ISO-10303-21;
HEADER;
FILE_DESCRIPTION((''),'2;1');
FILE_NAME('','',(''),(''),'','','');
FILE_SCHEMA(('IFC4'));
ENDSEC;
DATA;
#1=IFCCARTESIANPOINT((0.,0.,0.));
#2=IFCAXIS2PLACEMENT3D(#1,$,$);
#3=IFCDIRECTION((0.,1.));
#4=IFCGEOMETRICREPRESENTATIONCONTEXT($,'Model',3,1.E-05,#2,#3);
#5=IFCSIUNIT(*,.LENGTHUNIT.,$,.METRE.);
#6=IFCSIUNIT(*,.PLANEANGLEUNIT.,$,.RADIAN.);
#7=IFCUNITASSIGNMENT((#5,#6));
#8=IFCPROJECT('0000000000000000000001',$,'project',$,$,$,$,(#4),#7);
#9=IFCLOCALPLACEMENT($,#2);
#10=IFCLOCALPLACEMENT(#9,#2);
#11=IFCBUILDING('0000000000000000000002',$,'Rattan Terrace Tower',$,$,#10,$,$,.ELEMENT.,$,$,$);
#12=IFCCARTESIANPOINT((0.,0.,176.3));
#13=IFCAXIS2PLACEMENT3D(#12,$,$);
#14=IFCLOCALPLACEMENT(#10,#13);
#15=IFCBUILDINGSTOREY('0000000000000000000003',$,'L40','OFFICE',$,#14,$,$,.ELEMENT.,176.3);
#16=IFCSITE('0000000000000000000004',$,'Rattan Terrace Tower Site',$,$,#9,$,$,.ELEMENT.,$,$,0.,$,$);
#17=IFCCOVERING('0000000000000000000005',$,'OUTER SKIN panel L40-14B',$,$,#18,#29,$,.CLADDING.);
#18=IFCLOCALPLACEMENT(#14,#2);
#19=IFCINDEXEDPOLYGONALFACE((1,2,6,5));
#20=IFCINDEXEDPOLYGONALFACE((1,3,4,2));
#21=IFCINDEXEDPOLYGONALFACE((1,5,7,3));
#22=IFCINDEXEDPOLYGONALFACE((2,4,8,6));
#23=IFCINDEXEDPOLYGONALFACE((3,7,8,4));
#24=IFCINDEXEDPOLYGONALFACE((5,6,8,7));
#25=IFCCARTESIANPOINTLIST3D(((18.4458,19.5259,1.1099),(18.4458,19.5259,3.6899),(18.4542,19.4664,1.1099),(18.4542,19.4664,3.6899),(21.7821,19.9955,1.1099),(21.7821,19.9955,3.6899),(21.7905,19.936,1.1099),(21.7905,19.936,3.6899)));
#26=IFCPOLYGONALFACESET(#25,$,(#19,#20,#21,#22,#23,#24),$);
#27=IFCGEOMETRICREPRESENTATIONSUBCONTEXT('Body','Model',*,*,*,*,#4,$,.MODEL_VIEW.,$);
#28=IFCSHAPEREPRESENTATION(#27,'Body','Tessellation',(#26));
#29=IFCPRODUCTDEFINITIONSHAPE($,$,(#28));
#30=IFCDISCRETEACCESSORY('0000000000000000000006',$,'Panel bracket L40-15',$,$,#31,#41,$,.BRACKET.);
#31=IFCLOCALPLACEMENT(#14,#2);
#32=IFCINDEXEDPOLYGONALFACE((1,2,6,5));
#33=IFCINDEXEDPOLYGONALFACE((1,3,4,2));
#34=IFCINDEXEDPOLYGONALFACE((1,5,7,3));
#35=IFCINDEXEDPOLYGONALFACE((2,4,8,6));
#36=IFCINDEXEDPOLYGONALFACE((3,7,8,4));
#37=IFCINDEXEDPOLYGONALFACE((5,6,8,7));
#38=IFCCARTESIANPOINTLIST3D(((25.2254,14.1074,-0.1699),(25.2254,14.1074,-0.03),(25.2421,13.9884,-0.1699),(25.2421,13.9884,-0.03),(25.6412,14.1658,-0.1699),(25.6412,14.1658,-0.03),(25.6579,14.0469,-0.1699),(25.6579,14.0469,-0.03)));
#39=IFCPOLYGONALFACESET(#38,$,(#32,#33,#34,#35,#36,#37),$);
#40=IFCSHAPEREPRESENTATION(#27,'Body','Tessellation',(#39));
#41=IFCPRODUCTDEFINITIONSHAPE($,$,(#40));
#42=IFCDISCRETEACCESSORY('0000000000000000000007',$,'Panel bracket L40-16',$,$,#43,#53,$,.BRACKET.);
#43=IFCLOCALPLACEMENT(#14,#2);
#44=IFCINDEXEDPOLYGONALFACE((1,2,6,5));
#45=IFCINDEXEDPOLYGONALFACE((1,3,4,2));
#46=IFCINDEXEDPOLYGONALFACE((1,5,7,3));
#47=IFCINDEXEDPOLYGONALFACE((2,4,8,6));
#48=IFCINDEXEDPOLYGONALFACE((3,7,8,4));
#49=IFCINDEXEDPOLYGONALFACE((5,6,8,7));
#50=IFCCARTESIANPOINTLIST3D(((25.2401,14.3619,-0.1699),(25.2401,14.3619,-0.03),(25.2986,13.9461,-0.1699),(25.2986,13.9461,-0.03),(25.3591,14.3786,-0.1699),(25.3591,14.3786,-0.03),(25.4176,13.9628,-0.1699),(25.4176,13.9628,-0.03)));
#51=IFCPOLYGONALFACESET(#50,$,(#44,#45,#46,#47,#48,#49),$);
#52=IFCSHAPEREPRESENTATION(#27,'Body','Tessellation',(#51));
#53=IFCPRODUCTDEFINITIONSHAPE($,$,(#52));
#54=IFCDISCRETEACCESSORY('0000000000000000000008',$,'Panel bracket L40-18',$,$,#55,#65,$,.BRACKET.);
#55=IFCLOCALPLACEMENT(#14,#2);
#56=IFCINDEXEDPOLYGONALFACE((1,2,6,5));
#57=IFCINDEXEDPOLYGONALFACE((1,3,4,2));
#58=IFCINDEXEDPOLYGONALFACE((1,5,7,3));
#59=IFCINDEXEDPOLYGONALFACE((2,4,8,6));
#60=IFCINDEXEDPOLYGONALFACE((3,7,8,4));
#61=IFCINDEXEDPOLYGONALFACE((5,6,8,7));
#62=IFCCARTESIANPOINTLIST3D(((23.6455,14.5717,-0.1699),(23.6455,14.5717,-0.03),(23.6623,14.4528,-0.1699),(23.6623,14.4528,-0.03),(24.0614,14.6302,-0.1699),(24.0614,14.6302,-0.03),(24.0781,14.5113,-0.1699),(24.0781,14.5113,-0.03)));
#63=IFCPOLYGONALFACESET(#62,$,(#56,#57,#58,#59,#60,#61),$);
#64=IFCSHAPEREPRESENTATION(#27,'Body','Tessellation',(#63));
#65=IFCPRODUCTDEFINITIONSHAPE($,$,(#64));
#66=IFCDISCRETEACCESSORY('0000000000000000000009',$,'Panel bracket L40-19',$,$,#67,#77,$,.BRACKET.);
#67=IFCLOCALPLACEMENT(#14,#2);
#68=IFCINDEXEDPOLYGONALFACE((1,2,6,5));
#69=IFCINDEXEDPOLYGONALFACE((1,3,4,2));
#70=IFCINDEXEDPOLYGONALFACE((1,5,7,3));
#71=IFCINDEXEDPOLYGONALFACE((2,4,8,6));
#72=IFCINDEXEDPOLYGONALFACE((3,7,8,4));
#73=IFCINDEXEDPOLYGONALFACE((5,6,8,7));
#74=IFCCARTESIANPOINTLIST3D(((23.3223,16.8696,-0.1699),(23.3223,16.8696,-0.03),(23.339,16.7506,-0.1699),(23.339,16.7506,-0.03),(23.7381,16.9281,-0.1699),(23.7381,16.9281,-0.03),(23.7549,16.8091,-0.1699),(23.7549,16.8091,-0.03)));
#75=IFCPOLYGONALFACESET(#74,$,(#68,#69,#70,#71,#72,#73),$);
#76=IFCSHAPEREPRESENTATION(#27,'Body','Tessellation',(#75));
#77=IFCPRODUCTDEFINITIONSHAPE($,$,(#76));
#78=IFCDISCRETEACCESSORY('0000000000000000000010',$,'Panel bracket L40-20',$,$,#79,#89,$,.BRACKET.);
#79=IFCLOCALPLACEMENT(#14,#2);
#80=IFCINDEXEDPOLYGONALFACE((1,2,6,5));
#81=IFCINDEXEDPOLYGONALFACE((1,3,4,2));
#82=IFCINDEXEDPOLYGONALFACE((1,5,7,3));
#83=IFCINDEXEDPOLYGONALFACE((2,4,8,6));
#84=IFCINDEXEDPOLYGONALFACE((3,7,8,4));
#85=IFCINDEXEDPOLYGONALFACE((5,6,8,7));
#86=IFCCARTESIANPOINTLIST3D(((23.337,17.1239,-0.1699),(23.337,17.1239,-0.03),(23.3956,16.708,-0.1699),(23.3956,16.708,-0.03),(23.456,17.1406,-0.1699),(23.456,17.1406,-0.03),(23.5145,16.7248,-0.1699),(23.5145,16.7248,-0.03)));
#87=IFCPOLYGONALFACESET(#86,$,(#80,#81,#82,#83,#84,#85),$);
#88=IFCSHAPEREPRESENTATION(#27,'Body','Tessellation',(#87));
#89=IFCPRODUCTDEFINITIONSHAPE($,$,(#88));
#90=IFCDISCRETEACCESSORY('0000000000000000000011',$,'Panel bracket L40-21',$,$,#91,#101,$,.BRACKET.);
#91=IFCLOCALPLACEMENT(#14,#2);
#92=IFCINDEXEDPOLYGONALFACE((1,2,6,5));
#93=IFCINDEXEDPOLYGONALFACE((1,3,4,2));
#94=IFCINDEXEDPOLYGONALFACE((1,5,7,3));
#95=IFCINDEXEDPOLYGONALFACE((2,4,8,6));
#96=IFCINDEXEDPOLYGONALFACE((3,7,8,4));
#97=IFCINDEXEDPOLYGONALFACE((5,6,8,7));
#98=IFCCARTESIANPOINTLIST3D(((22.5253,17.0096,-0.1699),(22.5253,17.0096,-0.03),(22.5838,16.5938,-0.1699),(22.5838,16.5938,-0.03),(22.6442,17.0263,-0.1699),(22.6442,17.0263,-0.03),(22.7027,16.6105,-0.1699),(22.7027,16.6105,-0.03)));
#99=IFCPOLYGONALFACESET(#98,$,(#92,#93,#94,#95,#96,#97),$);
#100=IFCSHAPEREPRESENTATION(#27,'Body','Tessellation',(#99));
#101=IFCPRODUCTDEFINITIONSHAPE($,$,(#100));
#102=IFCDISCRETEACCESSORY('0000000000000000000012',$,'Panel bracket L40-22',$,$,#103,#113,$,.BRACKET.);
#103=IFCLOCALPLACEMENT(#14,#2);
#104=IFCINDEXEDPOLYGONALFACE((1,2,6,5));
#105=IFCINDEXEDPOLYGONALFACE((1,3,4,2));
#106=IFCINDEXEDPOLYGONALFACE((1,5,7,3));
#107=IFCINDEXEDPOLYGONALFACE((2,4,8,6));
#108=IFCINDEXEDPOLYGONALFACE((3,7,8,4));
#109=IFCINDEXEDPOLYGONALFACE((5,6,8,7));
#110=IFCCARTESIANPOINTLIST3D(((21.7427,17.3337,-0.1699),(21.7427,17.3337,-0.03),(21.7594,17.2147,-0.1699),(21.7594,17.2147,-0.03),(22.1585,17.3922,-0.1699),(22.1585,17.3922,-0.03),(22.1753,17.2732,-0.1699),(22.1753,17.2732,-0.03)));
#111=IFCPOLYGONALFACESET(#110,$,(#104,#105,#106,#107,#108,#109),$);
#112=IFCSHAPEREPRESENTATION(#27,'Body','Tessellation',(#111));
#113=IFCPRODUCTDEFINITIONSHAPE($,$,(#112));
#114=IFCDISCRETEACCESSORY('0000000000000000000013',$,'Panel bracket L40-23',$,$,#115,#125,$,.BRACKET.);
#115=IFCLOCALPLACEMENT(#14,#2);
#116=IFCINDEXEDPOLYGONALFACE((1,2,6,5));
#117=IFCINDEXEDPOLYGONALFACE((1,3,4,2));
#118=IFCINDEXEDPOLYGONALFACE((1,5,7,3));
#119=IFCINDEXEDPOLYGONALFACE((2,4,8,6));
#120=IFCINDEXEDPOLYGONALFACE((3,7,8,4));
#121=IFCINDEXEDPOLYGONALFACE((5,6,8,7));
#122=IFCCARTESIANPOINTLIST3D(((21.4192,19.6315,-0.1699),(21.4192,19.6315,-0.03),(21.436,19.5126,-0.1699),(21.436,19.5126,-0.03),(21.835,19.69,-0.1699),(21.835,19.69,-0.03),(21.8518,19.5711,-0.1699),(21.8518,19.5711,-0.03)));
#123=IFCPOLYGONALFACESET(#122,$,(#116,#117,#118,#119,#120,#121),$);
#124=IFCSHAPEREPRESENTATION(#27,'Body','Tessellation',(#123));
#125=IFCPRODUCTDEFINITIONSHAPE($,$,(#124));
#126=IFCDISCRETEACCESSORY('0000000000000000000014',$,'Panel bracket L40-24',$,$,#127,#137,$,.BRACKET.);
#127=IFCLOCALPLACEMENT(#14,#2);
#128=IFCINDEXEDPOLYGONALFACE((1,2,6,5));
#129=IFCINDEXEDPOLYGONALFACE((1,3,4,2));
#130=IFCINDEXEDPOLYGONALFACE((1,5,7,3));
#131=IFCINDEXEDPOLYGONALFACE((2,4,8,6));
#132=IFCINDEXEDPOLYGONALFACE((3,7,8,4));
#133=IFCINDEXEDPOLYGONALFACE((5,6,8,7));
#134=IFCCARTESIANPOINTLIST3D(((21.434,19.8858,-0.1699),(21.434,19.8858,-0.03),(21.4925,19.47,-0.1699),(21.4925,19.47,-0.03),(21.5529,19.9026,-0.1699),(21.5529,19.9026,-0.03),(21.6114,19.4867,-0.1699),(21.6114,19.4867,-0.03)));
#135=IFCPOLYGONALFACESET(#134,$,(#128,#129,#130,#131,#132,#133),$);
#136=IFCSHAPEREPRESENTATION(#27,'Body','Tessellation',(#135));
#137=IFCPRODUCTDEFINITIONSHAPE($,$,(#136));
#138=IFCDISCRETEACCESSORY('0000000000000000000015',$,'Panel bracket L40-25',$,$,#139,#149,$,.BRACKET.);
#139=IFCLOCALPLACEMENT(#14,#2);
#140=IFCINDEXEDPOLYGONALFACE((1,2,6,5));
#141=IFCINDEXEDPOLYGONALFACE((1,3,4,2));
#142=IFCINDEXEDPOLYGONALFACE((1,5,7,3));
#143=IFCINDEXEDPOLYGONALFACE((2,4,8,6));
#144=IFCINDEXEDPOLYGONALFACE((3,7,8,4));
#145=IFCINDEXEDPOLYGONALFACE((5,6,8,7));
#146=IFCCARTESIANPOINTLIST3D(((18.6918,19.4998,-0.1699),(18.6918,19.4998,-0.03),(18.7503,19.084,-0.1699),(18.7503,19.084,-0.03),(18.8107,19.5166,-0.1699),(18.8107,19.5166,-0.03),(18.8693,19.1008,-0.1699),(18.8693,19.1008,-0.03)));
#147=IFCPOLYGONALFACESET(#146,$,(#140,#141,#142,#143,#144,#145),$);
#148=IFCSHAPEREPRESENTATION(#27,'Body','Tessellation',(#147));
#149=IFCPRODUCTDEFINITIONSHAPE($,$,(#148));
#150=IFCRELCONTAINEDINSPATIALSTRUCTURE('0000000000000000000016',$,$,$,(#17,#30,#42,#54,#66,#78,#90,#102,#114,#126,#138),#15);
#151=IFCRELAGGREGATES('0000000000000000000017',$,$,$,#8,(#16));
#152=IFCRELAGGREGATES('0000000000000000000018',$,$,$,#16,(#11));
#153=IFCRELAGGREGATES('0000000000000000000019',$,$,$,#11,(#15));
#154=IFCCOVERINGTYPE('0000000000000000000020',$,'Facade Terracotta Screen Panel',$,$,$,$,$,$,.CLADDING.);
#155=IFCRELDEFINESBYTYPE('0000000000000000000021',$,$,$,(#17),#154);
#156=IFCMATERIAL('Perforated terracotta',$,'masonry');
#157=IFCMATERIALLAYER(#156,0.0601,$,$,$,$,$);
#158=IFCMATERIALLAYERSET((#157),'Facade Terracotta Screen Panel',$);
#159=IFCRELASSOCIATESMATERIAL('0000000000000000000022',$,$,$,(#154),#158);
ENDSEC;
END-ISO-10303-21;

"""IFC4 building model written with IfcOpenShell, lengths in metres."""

from ifc_helpers import new_model, si_unit, direction, frame, origin, origin_2d, place, context, subcontext, project, spatial, rectangle, extrude, material, layer, layer_set, type_object, element, save


model = new_model("IFC4")

# Units and contexts
model_context = context("Model", 3, precision=1e-05, world=origin(), true_north=direction((0.0, 1.0)))
body_context = subcontext(model_context, "Body", "Model", "MODEL_VIEW")
ifc_project = project(units=[si_unit("LENGTHUNIT", "METRE"), si_unit("PLANEANGLEUNIT", "RADIAN")], contexts=[model_context])

# Site, building, storey
site_placement = place(None, origin())
site = spatial("IfcSite", under=ifc_project, at=site_placement, Name="Rattan Terrace Tower Site", CompositionType="ELEMENT", RefElevation=0.0)
building_placement = place(site_placement, origin())
building = spatial("IfcBuilding", under=site, at=building_placement, Name="Rattan Terrace Tower", CompositionType="ELEMENT")
storey_placement = place(building_placement, frame((0.0, 0.0, 176.3)))
storey = spatial("IfcBuildingStorey", under=building, at=storey_placement, Name="L40", Description="OFFICE", CompositionType="ELEMENT", Elevation=176.3)

# Covering
ifc_material_1 = material(Name="Perforated terracotta", Category="masonry")
ifc_layer_1 = layer(ifc_material_1, 0.0601)
ifc_layer_set_1 = layer_set([ifc_layer_1], Name="Facade Terracotta Screen Panel")
covering_type_1 = type_object("IfcCoveringType", Name="Facade Terracotta Screen Panel", PredefinedType="CLADDING", material=ifc_layer_set_1)
covering_1_placement = place(storey_placement, frame((20.1182, 19.731, 1.1099), z_axis=(0.0, 0.0, 1.0), x_axis=(-0.990241, -0.139367, 0.0)))
element("IfcCovering", 1, at=covering_1_placement, inside=storey, type_object=covering_type_1, Name="OUTER SKIN panel L40-14B", PredefinedType="CLADDING", context=body_context, shape_type="SweptSolid", body=[
    extrude(rectangle(XDim=3.3691, YDim=0.0601, at=origin_2d()), origin(), (0.0, 0.0, 1.0), 2.5801),
])

# Discrete accessories
for number, where, z_axis, x_axis, name in (
    (2, (25.4417, 14.0771, -0.1699), (0.0, 0.0, 1.0), (-0.139191, 0.990266, 0.0), "Panel bracket L40-15"),
    (3, (25.3289, 14.1624, -0.1699), (0.0, 0.0, 1.0), (-0.990241, -0.139367, 0.0), "Panel bracket L40-16"),
    (4, (23.8618, 14.5415, -0.1699), (0.0, 0.0, 1.0), (-0.139321, 0.990247, 0.0), "Panel bracket L40-18"),
    (5, (23.5386, 16.8394, -0.1699), (0.0, 0.0, 1.0), (-0.139321, 0.990247, 0.0), "Panel bracket L40-19"),
    (6, (23.4258, 16.9243, -0.1699), (0.0, 0.0, 1.0), (-0.990241, -0.139367, 0.0), "Panel bracket L40-20"),
    (7, (22.614, 16.8101, -0.1699), (0.0, 0.0, 1.0), (-0.990241, -0.139367, 0.0), "Panel bracket L40-21"),
    (8, (21.959, 17.3035, -0.1699), (0.0, 0.0, 1.0), (-0.139321, 0.990247, 0.0), "Panel bracket L40-22"),
    (9, (21.6355, 19.6013, -0.1699), (0.0, 0.0, 1.0), (-0.139321, 0.990247, 0.0), "Panel bracket L40-23"),
    (10, (21.5227, 19.6863, -0.1699), (0.0, 0.0, 1.0), (-0.990241, -0.139367, 0.0), "Panel bracket L40-24"),
    (11, (18.7805, 19.3003, -0.1699), (0.0, 0.0, 1.0), (-0.990241, -0.139367, 0.0), "Panel bracket L40-25"),
):
    element("IfcDiscreteAccessory", number, at=place(storey_placement, frame(where, z_axis=z_axis, x_axis=x_axis)), inside=storey, Name=name, PredefinedType="BRACKET", context=body_context, shape_type="SweptSolid", body=[
        extrude(rectangle(XDim=0.1201, YDim=0.4199, at=origin_2d()), origin(), (0.0, 0.0, 1.0), 0.1399),
    ])

save(model, "model.ifc")
